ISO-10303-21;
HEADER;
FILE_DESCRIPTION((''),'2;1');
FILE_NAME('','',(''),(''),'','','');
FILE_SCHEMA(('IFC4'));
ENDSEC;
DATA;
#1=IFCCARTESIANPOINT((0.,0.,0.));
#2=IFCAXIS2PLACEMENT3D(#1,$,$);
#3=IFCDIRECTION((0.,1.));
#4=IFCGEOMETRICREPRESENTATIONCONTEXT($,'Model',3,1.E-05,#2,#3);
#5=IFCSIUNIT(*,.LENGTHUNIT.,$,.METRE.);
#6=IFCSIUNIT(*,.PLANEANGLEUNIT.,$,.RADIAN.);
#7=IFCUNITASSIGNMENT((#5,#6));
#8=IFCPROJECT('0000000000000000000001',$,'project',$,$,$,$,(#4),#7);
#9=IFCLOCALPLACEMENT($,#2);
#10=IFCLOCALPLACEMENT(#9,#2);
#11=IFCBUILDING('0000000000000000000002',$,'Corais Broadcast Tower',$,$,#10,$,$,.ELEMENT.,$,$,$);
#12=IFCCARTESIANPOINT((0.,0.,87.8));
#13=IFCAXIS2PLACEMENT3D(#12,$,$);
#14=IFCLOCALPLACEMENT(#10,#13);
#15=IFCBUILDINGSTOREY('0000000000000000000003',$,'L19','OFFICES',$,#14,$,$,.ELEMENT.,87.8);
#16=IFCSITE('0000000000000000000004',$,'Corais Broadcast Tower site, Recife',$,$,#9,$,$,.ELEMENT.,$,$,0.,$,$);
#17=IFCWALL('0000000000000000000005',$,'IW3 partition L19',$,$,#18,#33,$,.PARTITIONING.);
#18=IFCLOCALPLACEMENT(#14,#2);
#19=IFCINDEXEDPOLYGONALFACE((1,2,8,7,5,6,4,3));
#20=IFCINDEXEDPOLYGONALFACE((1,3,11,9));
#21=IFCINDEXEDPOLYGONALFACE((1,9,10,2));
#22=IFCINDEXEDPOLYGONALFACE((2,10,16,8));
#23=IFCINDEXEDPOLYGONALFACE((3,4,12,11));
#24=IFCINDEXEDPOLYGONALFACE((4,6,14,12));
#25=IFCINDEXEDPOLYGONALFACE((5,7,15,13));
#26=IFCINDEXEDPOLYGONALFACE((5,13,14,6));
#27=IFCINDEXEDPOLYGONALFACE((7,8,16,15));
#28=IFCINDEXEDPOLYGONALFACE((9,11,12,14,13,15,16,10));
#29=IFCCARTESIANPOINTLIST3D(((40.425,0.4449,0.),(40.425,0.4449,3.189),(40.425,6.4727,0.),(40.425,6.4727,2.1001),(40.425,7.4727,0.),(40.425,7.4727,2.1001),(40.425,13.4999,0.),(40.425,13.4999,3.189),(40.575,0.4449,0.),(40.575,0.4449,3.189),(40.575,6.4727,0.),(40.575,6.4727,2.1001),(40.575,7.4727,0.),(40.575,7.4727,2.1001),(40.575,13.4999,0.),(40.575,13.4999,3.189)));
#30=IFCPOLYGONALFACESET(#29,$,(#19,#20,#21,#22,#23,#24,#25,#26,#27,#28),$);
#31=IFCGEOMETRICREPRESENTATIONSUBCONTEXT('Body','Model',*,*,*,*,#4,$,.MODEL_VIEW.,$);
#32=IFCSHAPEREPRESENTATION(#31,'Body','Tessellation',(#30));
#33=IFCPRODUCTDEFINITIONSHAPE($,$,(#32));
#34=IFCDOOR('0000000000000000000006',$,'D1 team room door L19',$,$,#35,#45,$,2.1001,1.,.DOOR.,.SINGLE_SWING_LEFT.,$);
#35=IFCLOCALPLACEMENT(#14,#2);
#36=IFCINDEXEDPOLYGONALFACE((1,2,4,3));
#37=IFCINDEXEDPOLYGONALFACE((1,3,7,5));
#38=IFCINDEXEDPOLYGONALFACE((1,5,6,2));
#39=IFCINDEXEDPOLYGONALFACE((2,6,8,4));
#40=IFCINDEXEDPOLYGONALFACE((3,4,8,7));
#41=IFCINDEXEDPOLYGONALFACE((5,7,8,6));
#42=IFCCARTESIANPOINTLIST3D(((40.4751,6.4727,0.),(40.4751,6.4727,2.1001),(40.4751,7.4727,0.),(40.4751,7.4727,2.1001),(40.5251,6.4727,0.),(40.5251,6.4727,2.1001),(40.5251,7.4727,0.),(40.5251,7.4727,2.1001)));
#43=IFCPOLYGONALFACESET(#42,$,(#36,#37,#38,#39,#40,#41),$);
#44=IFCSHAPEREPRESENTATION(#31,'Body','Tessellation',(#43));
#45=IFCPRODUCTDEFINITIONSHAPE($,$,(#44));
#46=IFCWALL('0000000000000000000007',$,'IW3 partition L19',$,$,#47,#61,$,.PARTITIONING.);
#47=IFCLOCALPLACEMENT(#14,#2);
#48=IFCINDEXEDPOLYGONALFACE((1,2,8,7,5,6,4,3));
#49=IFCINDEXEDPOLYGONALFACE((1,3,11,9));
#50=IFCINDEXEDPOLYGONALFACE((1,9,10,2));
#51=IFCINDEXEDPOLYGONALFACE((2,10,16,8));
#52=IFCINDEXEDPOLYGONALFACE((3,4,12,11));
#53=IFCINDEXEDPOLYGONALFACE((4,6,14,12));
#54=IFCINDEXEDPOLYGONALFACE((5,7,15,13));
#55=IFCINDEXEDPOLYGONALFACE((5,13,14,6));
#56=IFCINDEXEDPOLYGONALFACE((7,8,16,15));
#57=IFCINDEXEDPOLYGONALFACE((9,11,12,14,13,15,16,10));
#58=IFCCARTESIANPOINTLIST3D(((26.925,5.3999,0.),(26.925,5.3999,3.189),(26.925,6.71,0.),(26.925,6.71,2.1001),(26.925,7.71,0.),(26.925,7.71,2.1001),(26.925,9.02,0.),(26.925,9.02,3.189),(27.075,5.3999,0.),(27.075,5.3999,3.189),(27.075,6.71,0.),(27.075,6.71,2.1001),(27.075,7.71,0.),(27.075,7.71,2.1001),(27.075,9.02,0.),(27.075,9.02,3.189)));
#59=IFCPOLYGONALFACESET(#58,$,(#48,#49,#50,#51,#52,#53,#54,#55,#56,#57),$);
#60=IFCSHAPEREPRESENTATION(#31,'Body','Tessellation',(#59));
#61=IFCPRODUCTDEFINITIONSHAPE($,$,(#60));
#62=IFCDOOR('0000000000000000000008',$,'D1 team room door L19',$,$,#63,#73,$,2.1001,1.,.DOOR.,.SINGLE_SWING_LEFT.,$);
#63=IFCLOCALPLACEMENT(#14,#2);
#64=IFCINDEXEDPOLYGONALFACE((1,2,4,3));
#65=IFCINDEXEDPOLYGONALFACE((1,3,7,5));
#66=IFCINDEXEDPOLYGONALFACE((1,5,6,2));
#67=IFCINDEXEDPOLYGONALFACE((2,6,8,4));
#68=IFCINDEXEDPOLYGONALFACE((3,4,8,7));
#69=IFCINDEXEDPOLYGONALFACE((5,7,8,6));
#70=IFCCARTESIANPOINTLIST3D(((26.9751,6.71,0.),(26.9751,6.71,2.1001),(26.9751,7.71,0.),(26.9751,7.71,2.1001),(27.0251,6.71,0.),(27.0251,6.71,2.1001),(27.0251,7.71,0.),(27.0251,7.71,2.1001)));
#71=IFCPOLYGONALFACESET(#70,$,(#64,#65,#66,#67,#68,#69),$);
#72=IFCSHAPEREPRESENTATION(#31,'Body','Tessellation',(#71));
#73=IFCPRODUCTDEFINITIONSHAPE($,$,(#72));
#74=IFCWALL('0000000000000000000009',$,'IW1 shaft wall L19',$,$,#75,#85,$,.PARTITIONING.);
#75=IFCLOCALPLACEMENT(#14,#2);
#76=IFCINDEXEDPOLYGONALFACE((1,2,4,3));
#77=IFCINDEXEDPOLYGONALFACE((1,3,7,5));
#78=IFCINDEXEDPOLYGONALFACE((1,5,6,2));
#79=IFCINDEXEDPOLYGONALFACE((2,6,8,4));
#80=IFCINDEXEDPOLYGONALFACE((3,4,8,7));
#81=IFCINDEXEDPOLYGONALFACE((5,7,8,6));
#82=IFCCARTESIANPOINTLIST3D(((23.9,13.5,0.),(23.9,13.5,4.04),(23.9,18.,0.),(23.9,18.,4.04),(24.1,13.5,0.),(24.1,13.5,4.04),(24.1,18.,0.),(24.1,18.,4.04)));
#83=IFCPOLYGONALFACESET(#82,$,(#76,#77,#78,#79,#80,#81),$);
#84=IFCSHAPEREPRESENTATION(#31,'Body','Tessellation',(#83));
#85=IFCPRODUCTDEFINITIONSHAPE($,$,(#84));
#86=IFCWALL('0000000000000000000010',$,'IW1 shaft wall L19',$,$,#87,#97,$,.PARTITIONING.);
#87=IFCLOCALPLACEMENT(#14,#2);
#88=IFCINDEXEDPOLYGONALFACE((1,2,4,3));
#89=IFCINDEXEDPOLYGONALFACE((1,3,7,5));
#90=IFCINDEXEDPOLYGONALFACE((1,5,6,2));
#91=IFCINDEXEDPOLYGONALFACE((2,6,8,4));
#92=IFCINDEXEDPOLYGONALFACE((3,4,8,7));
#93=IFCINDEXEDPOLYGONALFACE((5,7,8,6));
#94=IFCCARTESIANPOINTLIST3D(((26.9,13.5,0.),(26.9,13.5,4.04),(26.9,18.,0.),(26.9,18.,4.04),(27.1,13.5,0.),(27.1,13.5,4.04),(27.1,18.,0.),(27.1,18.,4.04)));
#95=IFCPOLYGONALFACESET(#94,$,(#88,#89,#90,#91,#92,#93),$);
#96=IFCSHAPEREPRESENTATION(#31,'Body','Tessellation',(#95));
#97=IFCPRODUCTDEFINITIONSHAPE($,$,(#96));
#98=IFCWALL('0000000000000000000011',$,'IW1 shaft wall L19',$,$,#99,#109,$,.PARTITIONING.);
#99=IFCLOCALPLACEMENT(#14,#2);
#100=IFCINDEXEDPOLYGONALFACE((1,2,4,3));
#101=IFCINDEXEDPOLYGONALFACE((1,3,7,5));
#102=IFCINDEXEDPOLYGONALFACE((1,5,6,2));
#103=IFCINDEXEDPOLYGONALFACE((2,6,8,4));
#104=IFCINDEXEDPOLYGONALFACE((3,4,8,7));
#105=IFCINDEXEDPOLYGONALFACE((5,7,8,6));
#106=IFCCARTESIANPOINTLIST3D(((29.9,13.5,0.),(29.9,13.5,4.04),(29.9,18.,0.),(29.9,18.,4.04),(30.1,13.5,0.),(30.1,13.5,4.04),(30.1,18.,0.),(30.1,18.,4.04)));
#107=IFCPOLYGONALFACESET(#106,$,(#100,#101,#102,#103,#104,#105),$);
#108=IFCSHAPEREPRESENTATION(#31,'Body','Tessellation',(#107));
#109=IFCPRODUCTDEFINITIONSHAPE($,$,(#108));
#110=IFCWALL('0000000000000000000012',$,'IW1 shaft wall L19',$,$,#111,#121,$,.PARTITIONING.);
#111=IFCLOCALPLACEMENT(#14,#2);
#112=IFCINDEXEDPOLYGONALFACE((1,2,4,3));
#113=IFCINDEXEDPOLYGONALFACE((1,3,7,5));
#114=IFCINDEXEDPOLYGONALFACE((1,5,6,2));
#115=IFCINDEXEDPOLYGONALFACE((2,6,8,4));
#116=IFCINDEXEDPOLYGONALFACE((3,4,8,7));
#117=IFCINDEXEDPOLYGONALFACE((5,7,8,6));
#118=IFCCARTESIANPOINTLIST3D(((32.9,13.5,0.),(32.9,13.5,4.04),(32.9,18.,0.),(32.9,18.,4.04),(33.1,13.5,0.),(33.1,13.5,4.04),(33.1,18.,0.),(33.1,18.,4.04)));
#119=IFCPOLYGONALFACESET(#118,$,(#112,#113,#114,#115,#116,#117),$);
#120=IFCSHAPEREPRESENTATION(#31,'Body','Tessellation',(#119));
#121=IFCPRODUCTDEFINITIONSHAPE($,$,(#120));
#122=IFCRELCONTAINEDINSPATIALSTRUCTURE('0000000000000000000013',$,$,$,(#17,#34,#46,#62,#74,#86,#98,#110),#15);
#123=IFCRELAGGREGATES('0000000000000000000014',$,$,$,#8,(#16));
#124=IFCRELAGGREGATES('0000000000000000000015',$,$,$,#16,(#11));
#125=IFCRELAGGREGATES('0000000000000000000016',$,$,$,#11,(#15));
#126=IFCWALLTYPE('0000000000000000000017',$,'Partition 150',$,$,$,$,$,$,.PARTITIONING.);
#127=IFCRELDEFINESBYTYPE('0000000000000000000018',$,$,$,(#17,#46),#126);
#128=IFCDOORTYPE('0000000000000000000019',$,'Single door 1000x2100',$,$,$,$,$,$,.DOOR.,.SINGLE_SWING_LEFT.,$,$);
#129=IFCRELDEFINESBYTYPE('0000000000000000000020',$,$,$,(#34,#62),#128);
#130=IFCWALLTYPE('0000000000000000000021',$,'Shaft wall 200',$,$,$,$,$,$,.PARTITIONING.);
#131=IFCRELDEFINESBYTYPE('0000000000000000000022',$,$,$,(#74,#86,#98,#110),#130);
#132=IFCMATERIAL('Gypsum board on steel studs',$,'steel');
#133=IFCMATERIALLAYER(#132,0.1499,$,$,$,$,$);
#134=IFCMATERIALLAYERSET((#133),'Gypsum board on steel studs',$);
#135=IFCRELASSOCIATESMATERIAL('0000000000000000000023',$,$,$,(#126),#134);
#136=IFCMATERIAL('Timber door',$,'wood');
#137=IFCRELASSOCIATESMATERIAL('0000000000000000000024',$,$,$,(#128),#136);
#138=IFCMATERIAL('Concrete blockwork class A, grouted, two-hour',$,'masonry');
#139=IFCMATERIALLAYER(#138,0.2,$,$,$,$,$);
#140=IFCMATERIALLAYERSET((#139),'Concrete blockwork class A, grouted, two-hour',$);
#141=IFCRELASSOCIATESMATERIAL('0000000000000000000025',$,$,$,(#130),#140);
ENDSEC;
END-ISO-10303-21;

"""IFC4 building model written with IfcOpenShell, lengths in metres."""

from ifc_helpers import new_model, si_unit, direction, frame, frame_2d, origin, place, context, subcontext, project, spatial, rectangle, extrude, material, layer, layer_set, type_object, element, fill, save


model = new_model("IFC4")

# Units and contexts
model_context = context("Model", 3, precision=1e-05, world=origin(), true_north=direction((0.0, 1.0)))
body_context = subcontext(model_context, "Body", "Model", "MODEL_VIEW")
ifc_project = project(units=[si_unit("LENGTHUNIT", "METRE"), si_unit("PLANEANGLEUNIT", "RADIAN")], contexts=[model_context])

# Site, building, storey
site_placement = place(None, origin())
site = spatial("IfcSite", under=ifc_project, at=site_placement, Name="Corais Broadcast Tower site, Recife", CompositionType="ELEMENT", RefElevation=0.0)
building_placement = place(site_placement, origin())
building = spatial("IfcBuilding", under=site, at=building_placement, Name="Corais Broadcast Tower", CompositionType="ELEMENT")
storey_placement = place(building_placement, frame((0.0, 0.0, 87.8)))
storey = spatial("IfcBuildingStorey", under=building, at=storey_placement, Name="L19", Description="OFFICES", CompositionType="ELEMENT", Elevation=87.8)

# Shared definitions
ifc_material_1 = material(Name="Gypsum board on steel studs", Category="steel")
ifc_layer_1 = layer(ifc_material_1, 0.1499)
ifc_layer_set_1 = layer_set([ifc_layer_1], Name="Gypsum board on steel studs")
wall_type_1 = type_object("IfcWallType", Name="Partition 150", PredefinedType="PARTITIONING", material=ifc_layer_set_1)

# Shared definitions
ifc_material_2 = material(Name="Timber door", Category="wood")
door_type = type_object("IfcDoorType", Name="Single door 1000x2100", OperationType="SINGLE_SWING_LEFT", PredefinedType="DOOR", material=ifc_material_2)

# Walls, openings, doors
wall_1_placement = place(storey_placement, frame((40.5, 0.4451, 0.0), z_axis=(0.0, 0.0, 1.0), x_axis=(0.0, 1.0, 0.0)))
wall_1 = element("IfcWall", 1, at=wall_1_placement, inside=storey, type_object=wall_type_1, Name="IW3 partition L19", PredefinedType="PARTITIONING", context=body_context, shape_type="SweptSolid", body=[
    extrude(rectangle(XDim=13.0549, YDim=0.1499, at=frame_2d((6.5273, 0.0))), origin(), (0.0, 0.0, 1.0), 3.189),
])
opening_1_placement = place(wall_1_placement, frame((6.0276, 0.0, 0.0)))
opening_1 = element("IfcOpeningElement", 2, at=opening_1_placement, cuts=wall_1, PredefinedType="OPENING", context=body_context, shape_type="SweptSolid", body=[
    extrude(rectangle(XDim=1.0, YDim=2.1001, at=frame_2d((0.5, 1.05))), frame((0.0, 0.085, 0.0), z_axis=(0.0, -1.0, 0.0), x_axis=(1.0, 0.0, 0.0)), (0.0, 0.0, 1.0), 0.1699),
])
door_1_placement = place(opening_1_placement, origin())
door_1 = element("IfcDoor", 3, at=door_1_placement, inside=storey, type_object=door_type, Name="D1 team room door L19", OperationType="SINGLE_SWING_LEFT", OverallHeight=2.1001, OverallWidth=1.0, PredefinedType="DOOR", context=body_context, shape_type="SweptSolid", body=[
    extrude(rectangle(XDim=1.0, YDim=2.1001, at=frame_2d((0.5, 1.05))), frame((0.0, 0.0249, 0.0), z_axis=(0.0, -1.0, 0.0), x_axis=(1.0, 0.0, 0.0)), (0.0, 0.0, 1.0), 0.05),
])
fill(opening_1, door_1)
wall_2_placement = place(storey_placement, frame((27.0, 5.3999, 0.0), z_axis=(0.0, 0.0, 1.0), x_axis=(0.0, 1.0, 0.0)))
wall_2 = element("IfcWall", 4, at=wall_2_placement, inside=storey, type_object=wall_type_1, Name="IW3 partition L19", PredefinedType="PARTITIONING", context=body_context, shape_type="SweptSolid", body=[
    extrude(rectangle(XDim=3.6201, YDim=0.1499, at=frame_2d((1.8101, 0.0))), origin(), (0.0, 0.0, 1.0), 3.189),
])
opening_2_placement = place(wall_2_placement, frame((1.3101, 0.0, 0.0)))
opening_2 = element("IfcOpeningElement", 5, at=opening_2_placement, cuts=wall_2, PredefinedType="OPENING", context=body_context, shape_type="SweptSolid", body=[
    extrude(rectangle(XDim=1.0, YDim=2.1001, at=frame_2d((0.5, 1.05))), frame((0.0, 0.085, 0.0), z_axis=(0.0, -1.0, 0.0), x_axis=(1.0, 0.0, 0.0)), (0.0, 0.0, 1.0), 0.1699),
])
door_2_placement = place(opening_2_placement, origin())
door_2 = element("IfcDoor", 6, at=door_2_placement, inside=storey, type_object=door_type, Name="D1 team room door L19", OperationType="SINGLE_SWING_LEFT", OverallHeight=2.1001, OverallWidth=1.0, PredefinedType="DOOR", context=body_context, shape_type="SweptSolid", body=[
    extrude(rectangle(XDim=1.0, YDim=2.1001, at=frame_2d((0.5, 1.05))), frame((0.0, 0.0249, 0.0), z_axis=(0.0, -1.0, 0.0), x_axis=(1.0, 0.0, 0.0)), (0.0, 0.0, 1.0), 0.05),
])
fill(opening_2, door_2)

# Walls
ifc_material_3 = material(Name="Concrete blockwork class A, grouted, two-hour", Category="masonry")
ifc_layer_2 = layer(ifc_material_3, 0.2)
ifc_layer_set_2 = layer_set([ifc_layer_2], Name="Concrete blockwork class A, grouted, two-hour")
wall_type_2 = type_object("IfcWallType", Name="Shaft wall 200", PredefinedType="PARTITIONING", material=ifc_layer_set_2)
for number, where, z_axis, x_axis, name in (
    (7, (24.0, 13.5, 0.0), (0.0, 0.0, 1.0), (0.0, 1.0, 0.0), "IW1 shaft wall L19"),
    (8, (27.0, 13.5, 0.0), (0.0, 0.0, 1.0), (0.0, 1.0, 0.0), "IW1 shaft wall L19"),
    (9, (30.0, 13.5, 0.0), (0.0, 0.0, 1.0), (0.0, 1.0, 0.0), "IW1 shaft wall L19"),
    (10, (33.0, 13.5, 0.0), (0.0, 0.0, 1.0), (0.0, 1.0, 0.0), "IW1 shaft wall L19"),
):
    element("IfcWall", number, at=place(storey_placement, frame(where, z_axis=z_axis, x_axis=x_axis)), inside=storey, type_object=wall_type_2, Name=name, PredefinedType="PARTITIONING", context=body_context, shape_type="SweptSolid", body=[
        extrude(rectangle(XDim=4.5, YDim=0.2, at=frame_2d((2.25, 0.0))), origin(), (0.0, 0.0, 1.0), 4.04),
    ])

save(model, "model.ifc")
